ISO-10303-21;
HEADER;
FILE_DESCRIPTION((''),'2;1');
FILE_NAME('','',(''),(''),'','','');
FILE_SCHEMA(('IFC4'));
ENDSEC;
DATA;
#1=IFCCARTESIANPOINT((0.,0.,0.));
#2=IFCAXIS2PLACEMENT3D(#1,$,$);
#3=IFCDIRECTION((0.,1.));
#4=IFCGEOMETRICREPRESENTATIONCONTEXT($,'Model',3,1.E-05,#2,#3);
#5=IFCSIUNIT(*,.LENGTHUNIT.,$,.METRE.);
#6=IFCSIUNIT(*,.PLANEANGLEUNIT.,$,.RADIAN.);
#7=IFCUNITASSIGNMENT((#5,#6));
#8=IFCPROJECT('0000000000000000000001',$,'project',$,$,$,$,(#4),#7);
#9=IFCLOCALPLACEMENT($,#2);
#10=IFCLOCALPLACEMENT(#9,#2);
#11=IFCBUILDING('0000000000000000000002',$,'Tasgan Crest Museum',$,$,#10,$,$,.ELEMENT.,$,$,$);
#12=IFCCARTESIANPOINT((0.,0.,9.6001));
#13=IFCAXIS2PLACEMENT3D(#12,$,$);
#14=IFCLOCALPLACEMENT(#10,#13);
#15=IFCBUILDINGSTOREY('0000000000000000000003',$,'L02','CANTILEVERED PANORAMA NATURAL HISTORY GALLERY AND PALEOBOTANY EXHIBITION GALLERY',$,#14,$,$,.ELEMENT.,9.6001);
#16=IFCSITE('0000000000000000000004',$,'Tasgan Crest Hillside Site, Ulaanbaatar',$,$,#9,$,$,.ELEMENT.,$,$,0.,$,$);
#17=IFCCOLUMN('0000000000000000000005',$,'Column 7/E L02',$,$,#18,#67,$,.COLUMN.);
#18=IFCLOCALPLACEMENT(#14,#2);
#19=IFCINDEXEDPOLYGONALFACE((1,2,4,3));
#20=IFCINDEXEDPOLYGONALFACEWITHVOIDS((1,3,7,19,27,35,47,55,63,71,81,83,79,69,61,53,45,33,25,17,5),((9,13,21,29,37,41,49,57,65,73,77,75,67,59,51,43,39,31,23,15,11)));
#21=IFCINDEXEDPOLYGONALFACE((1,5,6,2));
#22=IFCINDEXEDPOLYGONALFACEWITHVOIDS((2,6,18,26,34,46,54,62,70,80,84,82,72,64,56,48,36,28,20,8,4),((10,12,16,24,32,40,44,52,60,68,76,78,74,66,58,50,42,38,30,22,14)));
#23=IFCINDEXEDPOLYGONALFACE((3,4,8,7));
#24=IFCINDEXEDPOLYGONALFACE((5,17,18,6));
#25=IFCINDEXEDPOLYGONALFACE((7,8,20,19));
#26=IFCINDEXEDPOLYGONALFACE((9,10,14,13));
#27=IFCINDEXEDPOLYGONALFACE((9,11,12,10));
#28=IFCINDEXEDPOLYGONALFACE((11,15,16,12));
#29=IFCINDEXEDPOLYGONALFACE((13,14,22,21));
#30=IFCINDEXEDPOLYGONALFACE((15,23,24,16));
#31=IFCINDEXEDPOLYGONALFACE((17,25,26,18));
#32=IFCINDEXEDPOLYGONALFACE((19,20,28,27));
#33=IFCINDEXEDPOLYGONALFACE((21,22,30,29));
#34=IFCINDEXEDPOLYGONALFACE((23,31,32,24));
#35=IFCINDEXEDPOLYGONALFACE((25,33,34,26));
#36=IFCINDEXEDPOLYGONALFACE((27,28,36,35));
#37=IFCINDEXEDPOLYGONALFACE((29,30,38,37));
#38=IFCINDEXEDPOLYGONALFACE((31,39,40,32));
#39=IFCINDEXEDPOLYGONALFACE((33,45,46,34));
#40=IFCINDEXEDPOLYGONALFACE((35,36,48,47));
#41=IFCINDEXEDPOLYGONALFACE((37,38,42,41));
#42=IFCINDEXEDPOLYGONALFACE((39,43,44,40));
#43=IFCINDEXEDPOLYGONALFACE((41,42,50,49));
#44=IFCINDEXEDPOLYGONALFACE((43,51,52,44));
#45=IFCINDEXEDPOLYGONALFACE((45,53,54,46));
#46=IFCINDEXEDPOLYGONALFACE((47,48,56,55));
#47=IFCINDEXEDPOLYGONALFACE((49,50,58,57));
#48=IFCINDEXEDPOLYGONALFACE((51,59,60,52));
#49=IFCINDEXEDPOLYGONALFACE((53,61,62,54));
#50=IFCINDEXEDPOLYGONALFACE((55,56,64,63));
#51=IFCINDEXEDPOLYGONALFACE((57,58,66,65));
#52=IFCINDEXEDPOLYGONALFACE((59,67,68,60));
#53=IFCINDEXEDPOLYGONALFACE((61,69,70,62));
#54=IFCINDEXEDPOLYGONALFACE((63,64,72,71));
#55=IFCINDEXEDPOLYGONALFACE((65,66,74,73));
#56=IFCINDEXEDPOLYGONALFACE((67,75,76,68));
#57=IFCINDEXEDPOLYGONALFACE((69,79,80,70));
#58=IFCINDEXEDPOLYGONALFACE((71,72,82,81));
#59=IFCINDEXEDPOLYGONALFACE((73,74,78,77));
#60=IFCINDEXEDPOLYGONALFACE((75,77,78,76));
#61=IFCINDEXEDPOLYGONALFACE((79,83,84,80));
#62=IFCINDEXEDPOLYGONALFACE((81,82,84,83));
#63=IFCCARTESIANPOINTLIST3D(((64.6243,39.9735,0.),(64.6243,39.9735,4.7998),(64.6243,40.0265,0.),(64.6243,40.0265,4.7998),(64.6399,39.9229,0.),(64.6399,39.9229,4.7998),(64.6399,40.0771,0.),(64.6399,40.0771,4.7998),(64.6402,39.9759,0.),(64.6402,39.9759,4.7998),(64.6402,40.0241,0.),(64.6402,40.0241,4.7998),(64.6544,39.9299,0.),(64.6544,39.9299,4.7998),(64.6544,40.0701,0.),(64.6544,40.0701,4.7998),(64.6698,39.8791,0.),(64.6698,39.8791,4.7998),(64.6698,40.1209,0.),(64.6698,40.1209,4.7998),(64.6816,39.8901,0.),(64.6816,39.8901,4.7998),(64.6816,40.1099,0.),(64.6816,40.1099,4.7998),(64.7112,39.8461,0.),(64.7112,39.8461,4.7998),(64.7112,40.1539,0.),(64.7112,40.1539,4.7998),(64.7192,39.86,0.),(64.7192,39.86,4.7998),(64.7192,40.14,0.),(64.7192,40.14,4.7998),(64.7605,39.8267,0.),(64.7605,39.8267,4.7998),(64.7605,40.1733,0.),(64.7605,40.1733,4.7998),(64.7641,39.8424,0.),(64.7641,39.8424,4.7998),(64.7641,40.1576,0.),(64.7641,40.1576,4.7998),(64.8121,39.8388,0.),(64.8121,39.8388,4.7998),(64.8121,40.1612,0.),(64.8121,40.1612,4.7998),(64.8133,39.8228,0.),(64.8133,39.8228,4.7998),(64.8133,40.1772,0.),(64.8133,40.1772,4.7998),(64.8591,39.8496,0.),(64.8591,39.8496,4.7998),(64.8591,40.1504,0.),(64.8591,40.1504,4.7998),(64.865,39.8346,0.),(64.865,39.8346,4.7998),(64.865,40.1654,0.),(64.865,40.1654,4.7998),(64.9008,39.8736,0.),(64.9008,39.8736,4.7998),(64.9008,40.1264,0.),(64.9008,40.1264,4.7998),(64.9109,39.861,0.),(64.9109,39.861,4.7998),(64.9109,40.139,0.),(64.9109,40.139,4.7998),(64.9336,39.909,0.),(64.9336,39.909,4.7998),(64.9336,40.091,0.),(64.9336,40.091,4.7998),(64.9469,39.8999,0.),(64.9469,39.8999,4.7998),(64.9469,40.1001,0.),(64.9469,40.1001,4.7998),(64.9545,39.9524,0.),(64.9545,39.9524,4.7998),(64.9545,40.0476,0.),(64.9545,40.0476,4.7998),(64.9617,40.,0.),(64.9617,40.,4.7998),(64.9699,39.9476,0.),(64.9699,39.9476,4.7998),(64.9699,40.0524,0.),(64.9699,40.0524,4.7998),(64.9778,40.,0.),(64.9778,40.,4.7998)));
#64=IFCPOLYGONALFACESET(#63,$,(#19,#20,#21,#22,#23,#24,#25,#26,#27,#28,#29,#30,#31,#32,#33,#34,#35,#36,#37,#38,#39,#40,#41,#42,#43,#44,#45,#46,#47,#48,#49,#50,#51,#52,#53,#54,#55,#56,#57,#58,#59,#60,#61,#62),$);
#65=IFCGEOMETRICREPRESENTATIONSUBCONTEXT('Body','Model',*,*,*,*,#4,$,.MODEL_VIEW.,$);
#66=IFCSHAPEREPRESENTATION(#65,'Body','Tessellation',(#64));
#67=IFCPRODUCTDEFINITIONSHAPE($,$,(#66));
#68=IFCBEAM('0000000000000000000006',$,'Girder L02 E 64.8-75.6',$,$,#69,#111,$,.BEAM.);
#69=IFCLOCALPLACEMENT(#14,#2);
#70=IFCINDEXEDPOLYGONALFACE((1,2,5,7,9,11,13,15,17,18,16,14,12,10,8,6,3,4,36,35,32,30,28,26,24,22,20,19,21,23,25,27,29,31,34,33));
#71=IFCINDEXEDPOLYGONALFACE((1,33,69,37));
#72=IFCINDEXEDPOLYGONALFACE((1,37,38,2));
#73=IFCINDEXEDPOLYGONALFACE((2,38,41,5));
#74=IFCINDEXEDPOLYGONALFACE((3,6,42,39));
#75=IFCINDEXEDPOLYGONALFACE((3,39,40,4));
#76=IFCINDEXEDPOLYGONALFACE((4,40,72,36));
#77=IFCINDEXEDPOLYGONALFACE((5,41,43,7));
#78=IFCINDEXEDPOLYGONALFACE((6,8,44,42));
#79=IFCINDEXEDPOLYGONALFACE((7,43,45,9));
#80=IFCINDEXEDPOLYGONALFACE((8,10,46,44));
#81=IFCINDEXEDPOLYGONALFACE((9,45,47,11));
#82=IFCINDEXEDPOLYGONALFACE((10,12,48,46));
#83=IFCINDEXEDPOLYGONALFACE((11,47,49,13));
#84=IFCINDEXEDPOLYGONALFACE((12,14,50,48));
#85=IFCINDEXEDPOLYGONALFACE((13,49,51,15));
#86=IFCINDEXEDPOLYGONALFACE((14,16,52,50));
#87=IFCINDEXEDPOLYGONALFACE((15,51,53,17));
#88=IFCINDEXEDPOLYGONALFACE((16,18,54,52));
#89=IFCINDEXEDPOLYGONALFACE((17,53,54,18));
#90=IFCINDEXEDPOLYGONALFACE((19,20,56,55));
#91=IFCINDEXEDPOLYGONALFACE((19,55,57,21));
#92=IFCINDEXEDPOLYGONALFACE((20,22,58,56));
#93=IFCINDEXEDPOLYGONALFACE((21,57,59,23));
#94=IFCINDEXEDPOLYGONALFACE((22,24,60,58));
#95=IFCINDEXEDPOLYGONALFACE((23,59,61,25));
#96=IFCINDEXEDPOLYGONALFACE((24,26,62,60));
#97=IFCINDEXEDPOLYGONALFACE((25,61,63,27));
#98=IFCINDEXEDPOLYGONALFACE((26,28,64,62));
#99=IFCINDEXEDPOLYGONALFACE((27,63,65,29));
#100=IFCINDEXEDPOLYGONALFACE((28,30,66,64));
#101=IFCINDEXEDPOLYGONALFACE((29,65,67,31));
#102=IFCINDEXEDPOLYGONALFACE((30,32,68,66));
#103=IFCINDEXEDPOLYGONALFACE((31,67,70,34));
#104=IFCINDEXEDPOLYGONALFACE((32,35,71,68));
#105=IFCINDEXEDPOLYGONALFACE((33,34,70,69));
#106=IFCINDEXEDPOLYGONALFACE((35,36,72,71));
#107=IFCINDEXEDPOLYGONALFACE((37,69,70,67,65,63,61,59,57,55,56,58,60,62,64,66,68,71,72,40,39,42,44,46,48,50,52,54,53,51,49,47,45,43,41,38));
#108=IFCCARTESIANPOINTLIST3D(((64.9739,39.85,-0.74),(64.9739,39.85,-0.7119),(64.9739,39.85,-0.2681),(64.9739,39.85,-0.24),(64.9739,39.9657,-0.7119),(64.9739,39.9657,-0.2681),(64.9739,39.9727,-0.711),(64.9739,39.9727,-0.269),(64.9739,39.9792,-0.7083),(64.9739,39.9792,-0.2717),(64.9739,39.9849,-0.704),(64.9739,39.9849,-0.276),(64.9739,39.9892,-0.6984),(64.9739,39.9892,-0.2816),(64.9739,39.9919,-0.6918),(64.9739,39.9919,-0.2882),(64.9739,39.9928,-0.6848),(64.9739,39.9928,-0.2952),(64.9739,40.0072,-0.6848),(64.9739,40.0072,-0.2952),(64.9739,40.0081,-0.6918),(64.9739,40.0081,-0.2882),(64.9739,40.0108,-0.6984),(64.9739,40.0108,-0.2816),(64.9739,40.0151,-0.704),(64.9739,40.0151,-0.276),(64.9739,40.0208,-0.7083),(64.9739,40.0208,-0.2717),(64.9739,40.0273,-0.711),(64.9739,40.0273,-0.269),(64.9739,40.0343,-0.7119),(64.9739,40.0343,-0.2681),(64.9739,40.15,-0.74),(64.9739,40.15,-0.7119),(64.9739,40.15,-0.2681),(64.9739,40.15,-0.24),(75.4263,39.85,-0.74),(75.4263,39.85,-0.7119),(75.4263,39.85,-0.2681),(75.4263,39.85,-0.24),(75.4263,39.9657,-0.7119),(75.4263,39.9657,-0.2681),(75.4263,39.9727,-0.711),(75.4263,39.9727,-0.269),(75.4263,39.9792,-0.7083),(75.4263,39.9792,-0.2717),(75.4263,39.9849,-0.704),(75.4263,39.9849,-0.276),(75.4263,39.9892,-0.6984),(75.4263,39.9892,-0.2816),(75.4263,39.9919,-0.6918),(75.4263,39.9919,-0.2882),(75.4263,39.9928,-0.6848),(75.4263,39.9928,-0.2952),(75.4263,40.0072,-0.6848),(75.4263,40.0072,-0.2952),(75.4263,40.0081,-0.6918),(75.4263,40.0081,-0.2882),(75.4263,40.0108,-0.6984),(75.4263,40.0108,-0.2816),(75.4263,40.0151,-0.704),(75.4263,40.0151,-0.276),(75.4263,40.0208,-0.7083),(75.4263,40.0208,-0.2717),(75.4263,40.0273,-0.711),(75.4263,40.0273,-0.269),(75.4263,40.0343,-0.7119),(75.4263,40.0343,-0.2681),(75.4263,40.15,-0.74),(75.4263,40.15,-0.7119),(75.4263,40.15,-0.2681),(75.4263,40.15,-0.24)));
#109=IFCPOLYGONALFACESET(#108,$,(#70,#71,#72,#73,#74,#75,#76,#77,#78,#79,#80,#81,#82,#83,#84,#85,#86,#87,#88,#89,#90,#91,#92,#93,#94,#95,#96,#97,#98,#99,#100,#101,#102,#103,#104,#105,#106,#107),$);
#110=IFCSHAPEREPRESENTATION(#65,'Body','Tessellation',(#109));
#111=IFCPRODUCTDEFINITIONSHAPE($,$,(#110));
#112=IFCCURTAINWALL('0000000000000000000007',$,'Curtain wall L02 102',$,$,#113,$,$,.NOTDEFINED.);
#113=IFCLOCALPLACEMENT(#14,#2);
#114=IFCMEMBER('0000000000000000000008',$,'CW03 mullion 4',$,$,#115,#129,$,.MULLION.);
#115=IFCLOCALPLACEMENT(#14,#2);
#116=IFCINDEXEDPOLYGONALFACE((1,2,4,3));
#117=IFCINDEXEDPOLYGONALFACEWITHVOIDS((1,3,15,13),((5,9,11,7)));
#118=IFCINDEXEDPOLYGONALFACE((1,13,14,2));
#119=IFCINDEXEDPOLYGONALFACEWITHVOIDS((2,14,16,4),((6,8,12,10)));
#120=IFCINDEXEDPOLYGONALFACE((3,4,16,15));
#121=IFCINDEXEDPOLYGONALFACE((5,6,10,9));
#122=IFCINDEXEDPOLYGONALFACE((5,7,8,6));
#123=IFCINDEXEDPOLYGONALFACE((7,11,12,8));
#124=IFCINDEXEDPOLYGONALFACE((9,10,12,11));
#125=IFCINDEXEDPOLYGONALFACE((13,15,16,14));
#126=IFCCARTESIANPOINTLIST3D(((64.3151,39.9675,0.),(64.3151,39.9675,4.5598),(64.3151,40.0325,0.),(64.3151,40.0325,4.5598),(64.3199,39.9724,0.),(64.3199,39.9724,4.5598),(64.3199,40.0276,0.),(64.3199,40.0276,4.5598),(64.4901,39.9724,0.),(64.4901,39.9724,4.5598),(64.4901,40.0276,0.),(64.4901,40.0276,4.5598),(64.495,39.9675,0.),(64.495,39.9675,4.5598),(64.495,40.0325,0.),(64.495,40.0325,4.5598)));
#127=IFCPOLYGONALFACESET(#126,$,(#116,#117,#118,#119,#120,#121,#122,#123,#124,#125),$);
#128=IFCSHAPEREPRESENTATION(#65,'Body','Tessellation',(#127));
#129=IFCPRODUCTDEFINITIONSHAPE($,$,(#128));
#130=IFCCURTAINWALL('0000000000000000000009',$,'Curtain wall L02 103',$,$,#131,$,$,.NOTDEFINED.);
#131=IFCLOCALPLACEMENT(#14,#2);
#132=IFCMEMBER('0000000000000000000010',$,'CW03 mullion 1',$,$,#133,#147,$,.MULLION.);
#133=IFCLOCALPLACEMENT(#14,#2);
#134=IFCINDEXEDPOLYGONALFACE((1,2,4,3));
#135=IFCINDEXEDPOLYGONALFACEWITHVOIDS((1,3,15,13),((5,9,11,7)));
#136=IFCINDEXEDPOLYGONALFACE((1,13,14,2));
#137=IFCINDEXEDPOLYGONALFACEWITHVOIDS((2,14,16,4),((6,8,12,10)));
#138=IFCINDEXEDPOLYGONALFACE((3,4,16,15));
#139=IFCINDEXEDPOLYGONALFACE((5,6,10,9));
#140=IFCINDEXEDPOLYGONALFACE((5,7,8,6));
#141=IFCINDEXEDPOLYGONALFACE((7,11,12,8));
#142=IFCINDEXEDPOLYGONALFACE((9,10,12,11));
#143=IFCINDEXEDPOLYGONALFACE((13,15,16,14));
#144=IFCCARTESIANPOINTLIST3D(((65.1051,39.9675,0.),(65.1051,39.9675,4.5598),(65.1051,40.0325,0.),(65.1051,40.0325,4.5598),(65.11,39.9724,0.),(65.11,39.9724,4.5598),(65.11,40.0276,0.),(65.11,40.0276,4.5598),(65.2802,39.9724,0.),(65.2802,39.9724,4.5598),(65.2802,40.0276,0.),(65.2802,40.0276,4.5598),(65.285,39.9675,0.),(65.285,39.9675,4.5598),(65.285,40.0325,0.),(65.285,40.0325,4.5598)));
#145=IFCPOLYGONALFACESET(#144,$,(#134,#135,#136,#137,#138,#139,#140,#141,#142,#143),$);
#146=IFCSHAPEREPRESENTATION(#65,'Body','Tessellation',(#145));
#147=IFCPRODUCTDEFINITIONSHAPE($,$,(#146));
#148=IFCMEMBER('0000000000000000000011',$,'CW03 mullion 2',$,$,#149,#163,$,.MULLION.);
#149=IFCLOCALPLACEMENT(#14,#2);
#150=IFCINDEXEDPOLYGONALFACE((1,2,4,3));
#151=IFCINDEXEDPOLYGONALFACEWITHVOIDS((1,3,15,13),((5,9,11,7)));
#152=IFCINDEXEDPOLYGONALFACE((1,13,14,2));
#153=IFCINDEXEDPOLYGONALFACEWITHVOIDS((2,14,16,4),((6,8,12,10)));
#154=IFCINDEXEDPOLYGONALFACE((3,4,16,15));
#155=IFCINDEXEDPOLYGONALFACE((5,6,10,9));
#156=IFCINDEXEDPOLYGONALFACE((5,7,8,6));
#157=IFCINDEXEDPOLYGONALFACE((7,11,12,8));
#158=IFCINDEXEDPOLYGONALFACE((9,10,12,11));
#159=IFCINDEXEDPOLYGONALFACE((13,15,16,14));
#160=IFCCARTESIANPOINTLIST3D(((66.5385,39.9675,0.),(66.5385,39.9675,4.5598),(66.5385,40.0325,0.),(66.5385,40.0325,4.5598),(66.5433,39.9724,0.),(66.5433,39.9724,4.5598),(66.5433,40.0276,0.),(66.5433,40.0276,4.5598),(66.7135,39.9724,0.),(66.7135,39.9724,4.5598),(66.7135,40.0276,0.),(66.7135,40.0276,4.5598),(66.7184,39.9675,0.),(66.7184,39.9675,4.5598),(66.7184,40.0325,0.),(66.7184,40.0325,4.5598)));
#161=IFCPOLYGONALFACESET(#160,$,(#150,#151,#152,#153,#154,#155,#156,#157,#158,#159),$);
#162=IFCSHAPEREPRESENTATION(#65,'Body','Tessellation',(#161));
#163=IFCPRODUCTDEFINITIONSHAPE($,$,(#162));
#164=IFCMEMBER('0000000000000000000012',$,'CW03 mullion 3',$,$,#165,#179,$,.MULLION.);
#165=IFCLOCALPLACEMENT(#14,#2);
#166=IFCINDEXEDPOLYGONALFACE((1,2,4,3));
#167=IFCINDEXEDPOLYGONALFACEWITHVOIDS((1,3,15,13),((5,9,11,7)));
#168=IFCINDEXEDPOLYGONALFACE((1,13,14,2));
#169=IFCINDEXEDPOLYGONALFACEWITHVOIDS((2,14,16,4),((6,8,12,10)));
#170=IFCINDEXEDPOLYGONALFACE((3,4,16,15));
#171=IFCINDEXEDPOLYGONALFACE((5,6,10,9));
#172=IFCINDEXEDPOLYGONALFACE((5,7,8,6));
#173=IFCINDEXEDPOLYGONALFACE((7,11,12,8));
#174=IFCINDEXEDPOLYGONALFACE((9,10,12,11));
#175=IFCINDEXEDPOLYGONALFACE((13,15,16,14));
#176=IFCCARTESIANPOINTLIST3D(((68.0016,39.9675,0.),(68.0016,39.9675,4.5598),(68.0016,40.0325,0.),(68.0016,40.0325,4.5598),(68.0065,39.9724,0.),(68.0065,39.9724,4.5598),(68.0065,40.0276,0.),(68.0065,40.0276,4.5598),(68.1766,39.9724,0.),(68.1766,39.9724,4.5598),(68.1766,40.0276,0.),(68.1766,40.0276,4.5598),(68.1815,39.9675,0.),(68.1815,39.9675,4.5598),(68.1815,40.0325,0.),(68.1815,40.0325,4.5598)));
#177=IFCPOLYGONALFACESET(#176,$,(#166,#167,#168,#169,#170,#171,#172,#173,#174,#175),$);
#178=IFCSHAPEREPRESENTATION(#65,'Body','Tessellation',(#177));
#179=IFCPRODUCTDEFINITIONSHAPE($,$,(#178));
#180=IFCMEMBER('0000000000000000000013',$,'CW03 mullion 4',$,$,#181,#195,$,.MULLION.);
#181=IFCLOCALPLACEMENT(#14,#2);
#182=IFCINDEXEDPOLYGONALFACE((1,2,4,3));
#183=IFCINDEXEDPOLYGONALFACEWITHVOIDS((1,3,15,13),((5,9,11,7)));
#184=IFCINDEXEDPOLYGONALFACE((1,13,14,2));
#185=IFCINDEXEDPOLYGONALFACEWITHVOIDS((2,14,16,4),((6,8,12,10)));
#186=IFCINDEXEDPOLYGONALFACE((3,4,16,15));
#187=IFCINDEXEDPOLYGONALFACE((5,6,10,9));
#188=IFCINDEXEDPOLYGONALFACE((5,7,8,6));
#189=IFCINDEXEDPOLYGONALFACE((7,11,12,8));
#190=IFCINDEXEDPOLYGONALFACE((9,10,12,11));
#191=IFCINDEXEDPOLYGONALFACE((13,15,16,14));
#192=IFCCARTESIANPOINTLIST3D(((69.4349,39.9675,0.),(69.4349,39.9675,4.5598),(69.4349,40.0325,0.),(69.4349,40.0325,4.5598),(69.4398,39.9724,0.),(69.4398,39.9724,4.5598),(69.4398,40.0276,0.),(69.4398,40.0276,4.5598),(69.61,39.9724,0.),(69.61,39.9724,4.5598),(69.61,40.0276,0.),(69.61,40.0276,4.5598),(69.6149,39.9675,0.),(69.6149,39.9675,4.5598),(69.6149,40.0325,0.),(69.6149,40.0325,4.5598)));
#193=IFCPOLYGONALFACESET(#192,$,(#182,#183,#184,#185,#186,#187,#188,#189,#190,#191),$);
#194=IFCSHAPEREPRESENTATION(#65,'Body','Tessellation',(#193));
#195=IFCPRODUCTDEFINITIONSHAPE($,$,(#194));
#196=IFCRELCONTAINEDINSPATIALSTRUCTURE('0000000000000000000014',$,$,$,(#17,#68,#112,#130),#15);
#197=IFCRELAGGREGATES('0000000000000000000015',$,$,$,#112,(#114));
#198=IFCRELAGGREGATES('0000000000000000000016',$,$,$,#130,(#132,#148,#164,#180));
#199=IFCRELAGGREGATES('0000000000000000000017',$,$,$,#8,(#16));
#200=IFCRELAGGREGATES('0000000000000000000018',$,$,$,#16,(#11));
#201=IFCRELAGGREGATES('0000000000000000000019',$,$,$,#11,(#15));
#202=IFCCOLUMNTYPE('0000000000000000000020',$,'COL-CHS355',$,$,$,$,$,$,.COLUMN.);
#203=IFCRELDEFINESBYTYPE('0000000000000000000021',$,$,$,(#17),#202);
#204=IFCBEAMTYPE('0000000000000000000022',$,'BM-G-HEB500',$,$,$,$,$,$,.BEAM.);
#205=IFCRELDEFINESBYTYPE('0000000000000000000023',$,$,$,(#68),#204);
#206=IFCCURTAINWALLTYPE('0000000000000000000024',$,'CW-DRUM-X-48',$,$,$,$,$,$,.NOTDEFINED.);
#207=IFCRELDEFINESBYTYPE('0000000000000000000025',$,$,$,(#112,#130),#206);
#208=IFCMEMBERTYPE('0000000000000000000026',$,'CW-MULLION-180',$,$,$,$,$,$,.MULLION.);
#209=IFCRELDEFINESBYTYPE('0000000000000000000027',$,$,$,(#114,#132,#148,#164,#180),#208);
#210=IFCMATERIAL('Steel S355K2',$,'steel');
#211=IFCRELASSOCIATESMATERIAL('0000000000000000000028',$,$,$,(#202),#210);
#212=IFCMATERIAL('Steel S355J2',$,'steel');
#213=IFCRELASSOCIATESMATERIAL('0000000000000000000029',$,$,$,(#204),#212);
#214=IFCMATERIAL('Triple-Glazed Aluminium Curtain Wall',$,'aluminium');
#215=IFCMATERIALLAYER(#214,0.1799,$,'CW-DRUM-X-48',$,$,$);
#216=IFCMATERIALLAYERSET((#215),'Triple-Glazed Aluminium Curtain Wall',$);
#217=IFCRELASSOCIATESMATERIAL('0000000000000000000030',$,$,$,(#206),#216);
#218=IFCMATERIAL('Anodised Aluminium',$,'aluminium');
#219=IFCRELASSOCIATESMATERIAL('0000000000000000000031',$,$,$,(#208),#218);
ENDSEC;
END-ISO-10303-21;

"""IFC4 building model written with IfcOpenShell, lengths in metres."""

from ifc_helpers import new_model, si_unit, direction, frame, origin, origin_2d, place, context, subcontext, project, spatial, hollow_rectangle, hollow_circle, i_section, extrude, material, layer, layer_set, material_profile, profile_set, type_object, element, aggregate, save


model = new_model("IFC4")

# Units and contexts
model_context = context("Model", 3, precision=1e-05, world=origin(), true_north=direction((0.0, 1.0)))
body_context = subcontext(model_context, "Body", "Model", "MODEL_VIEW")
ifc_project = project(units=[si_unit("LENGTHUNIT", "METRE"), si_unit("PLANEANGLEUNIT", "RADIAN")], contexts=[model_context])

# Site, building, storey
site_placement = place(None, origin())
site = spatial("IfcSite", under=ifc_project, at=site_placement, Name="Tasgan Crest Hillside Site, Ulaanbaatar", CompositionType="ELEMENT", RefElevation=0.0)
building_placement = place(site_placement, origin())
building = spatial("IfcBuilding", under=site, at=building_placement, Name="Tasgan Crest Museum", CompositionType="ELEMENT")
storey_placement = place(building_placement, frame((0.0, 0.0, 9.6001)))
storey = spatial("IfcBuildingStorey", under=building, at=storey_placement, Name="L02", Description="CANTILEVERED PANORAMA NATURAL HISTORY GALLERY AND PALEOBOTANY EXHIBITION GALLERY", CompositionType="ELEMENT", Elevation=9.6001)

# Column
ifc_material_1 = material(Name="Steel S355K2", Category="steel")
ifc_material_profile_1 = material_profile(ifc_material_1, hollow_circle(Radius=0.1777, WallThickness=0.0161, at=origin_2d()), Name="CHS 355.6x16")
ifc_profile_set_1 = profile_set([ifc_material_profile_1], Name="Steel S355K2")
column_type = type_object("IfcColumnType", Name="COL-CHS355", PredefinedType="COLUMN", material=ifc_profile_set_1)
column_placement = place(storey_placement, frame((64.8, 40.0, 0.0), z_axis=(0.0, 0.0, 1.0), x_axis=(1.0, 0.0, 0.0)))
element("IfcColumn", 1, at=column_placement, inside=storey, type_object=column_type, Name="Column 7/E L02", PredefinedType="COLUMN", context=body_context, shape_type="SweptSolid", body=[
    extrude(hollow_circle(Radius=0.1777, WallThickness=0.0161, at=origin_2d()), origin(), (0.0, 0.0, 1.0), 4.7998),
])

# Beam
ifc_material_2 = material(Name="Steel S355J2", Category="steel")
ifc_material_profile_2 = material_profile(ifc_material_2, i_section(OverallWidth=0.3, OverallDepth=0.5, WebThickness=0.0144, FlangeThickness=0.0281, FilletRadius=0.0271, at=origin_2d()), Name="HEB 500")
ifc_profile_set_2 = profile_set([ifc_material_profile_2], Name="Steel S355J2")
beam_type = type_object("IfcBeamType", Name="BM-G-HEB500", PredefinedType="BEAM", material=ifc_profile_set_2)
beam_placement = place(storey_placement, frame((64.9739, 40.0, -0.49), z_axis=(1.0, 0.0, 0.0), x_axis=(0.0, 1.0, 0.0)))
element("IfcBeam", 2, at=beam_placement, inside=storey, type_object=beam_type, Name="Girder L02 E 64.8-75.6", PredefinedType="BEAM", context=body_context, shape_type="SweptSolid", body=[
    extrude(i_section(OverallWidth=0.3, OverallDepth=0.5, WebThickness=0.0144, FlangeThickness=0.0281, FilletRadius=0.0271, at=origin_2d()), origin(), (0.0, 0.0, 1.0), 10.4524),
])

# Curtain wall, member
ifc_material_3 = material(Name="Triple-Glazed Aluminium Curtain Wall", Category="aluminium")
ifc_layer_1 = layer(ifc_material_3, 0.1799, Name="CW-DRUM-X-48")
ifc_layer_set_1 = layer_set([ifc_layer_1], Name="Triple-Glazed Aluminium Curtain Wall")
curtain_wall_type = type_object("IfcCurtainWallType", Name="CW-DRUM-X-48", PredefinedType="NOTDEFINED", material=ifc_layer_set_1)
curtain_wall_1_placement = place(storey_placement, origin())
curtain_wall_1 = element("IfcCurtainWall", 3, at=curtain_wall_1_placement, inside=storey, type_object=curtain_wall_type, Name="Curtain wall L02 102", PredefinedType="NOTDEFINED")
ifc_material_4 = material(Name="Anodised Aluminium", Category="aluminium")
ifc_material_profile_3 = material_profile(ifc_material_4, hollow_rectangle(XDim=0.0649, YDim=0.1799, WallThickness=0.0049, at=origin_2d()), Name="ALU MULLION 180x65x5")
ifc_profile_set_3 = profile_set([ifc_material_profile_3], Name="Anodised Aluminium")
member_type_1 = type_object("IfcMemberType", Name="CW-MULLION-180", PredefinedType="MULLION", material=ifc_profile_set_3)
member_1_placement = place(storey_placement, frame((64.405, 40.0, 0.0), z_axis=(0.0, 0.0, 1.0), x_axis=(0.0, 1.0, 0.0)))
member_1 = element("IfcMember", 4, at=member_1_placement, type_object=member_type_1, Name="CW03 mullion 4", PredefinedType="MULLION", context=body_context, shape_type="SweptSolid", body=[
    extrude(hollow_rectangle(XDim=0.0649, YDim=0.1799, WallThickness=0.0049, at=origin_2d()), origin(), (0.0, 0.0, 1.0), 4.5598),
])
aggregate(curtain_wall_1, [member_1])

# Curtain wall, members
curtain_wall_2_placement = place(storey_placement, origin())
curtain_wall_2 = element("IfcCurtainWall", 5, at=curtain_wall_2_placement, inside=storey, type_object=curtain_wall_type, Name="Curtain wall L02 103", PredefinedType="NOTDEFINED")
member_2_placement = place(storey_placement, frame((65.1951, 40.0, 0.0), z_axis=(0.0, 0.0, 1.0), x_axis=(0.0, 1.0, 0.0)))
member_2 = element("IfcMember", 6, at=member_2_placement, type_object=member_type_1, Name="CW03 mullion 1", PredefinedType="MULLION", context=body_context, shape_type="SweptSolid", body=[
    extrude(hollow_rectangle(XDim=0.0649, YDim=0.1799, WallThickness=0.0049, at=origin_2d()), origin(), (0.0, 0.0, 1.0), 4.5598),
])
member_3_placement = place(storey_placement, frame((66.6284, 40.0, 0.0), z_axis=(0.0, 0.0, 1.0), x_axis=(0.0, 1.0, 0.0)))
member_3 = element("IfcMember", 7, at=member_3_placement, type_object=member_type_1, Name="CW03 mullion 2", PredefinedType="MULLION", context=body_context, shape_type="SweptSolid", body=[
    extrude(hollow_rectangle(XDim=0.0649, YDim=0.1799, WallThickness=0.0049, at=origin_2d()), origin(), (0.0, 0.0, 1.0), 4.5598),
])
member_4_placement = place(storey_placement, frame((68.0916, 40.0, 0.0), z_axis=(0.0, 0.0, 1.0), x_axis=(0.0, 1.0, 0.0)))
member_4 = element("IfcMember", 8, at=member_4_placement, type_object=member_type_1, Name="CW03 mullion 3", PredefinedType="MULLION", context=body_context, shape_type="SweptSolid", body=[
    extrude(hollow_rectangle(XDim=0.0649, YDim=0.1799, WallThickness=0.0049, at=origin_2d()), origin(), (0.0, 0.0, 1.0), 4.5598),
])
member_5_placement = place(storey_placement, frame((69.5249, 40.0, 0.0), z_axis=(0.0, 0.0, 1.0), x_axis=(0.0, 1.0, 0.0)))
member_5 = element("IfcMember", 9, at=member_5_placement, type_object=member_type_1, Name="CW03 mullion 4", PredefinedType="MULLION", context=body_context, shape_type="SweptSolid", body=[
    extrude(hollow_rectangle(XDim=0.0649, YDim=0.1799, WallThickness=0.0049, at=origin_2d()), origin(), (0.0, 0.0, 1.0), 4.5598),
])

aggregate(curtain_wall_2, [member_2, member_3, member_4, member_5])

save(model, "model.ifc")
